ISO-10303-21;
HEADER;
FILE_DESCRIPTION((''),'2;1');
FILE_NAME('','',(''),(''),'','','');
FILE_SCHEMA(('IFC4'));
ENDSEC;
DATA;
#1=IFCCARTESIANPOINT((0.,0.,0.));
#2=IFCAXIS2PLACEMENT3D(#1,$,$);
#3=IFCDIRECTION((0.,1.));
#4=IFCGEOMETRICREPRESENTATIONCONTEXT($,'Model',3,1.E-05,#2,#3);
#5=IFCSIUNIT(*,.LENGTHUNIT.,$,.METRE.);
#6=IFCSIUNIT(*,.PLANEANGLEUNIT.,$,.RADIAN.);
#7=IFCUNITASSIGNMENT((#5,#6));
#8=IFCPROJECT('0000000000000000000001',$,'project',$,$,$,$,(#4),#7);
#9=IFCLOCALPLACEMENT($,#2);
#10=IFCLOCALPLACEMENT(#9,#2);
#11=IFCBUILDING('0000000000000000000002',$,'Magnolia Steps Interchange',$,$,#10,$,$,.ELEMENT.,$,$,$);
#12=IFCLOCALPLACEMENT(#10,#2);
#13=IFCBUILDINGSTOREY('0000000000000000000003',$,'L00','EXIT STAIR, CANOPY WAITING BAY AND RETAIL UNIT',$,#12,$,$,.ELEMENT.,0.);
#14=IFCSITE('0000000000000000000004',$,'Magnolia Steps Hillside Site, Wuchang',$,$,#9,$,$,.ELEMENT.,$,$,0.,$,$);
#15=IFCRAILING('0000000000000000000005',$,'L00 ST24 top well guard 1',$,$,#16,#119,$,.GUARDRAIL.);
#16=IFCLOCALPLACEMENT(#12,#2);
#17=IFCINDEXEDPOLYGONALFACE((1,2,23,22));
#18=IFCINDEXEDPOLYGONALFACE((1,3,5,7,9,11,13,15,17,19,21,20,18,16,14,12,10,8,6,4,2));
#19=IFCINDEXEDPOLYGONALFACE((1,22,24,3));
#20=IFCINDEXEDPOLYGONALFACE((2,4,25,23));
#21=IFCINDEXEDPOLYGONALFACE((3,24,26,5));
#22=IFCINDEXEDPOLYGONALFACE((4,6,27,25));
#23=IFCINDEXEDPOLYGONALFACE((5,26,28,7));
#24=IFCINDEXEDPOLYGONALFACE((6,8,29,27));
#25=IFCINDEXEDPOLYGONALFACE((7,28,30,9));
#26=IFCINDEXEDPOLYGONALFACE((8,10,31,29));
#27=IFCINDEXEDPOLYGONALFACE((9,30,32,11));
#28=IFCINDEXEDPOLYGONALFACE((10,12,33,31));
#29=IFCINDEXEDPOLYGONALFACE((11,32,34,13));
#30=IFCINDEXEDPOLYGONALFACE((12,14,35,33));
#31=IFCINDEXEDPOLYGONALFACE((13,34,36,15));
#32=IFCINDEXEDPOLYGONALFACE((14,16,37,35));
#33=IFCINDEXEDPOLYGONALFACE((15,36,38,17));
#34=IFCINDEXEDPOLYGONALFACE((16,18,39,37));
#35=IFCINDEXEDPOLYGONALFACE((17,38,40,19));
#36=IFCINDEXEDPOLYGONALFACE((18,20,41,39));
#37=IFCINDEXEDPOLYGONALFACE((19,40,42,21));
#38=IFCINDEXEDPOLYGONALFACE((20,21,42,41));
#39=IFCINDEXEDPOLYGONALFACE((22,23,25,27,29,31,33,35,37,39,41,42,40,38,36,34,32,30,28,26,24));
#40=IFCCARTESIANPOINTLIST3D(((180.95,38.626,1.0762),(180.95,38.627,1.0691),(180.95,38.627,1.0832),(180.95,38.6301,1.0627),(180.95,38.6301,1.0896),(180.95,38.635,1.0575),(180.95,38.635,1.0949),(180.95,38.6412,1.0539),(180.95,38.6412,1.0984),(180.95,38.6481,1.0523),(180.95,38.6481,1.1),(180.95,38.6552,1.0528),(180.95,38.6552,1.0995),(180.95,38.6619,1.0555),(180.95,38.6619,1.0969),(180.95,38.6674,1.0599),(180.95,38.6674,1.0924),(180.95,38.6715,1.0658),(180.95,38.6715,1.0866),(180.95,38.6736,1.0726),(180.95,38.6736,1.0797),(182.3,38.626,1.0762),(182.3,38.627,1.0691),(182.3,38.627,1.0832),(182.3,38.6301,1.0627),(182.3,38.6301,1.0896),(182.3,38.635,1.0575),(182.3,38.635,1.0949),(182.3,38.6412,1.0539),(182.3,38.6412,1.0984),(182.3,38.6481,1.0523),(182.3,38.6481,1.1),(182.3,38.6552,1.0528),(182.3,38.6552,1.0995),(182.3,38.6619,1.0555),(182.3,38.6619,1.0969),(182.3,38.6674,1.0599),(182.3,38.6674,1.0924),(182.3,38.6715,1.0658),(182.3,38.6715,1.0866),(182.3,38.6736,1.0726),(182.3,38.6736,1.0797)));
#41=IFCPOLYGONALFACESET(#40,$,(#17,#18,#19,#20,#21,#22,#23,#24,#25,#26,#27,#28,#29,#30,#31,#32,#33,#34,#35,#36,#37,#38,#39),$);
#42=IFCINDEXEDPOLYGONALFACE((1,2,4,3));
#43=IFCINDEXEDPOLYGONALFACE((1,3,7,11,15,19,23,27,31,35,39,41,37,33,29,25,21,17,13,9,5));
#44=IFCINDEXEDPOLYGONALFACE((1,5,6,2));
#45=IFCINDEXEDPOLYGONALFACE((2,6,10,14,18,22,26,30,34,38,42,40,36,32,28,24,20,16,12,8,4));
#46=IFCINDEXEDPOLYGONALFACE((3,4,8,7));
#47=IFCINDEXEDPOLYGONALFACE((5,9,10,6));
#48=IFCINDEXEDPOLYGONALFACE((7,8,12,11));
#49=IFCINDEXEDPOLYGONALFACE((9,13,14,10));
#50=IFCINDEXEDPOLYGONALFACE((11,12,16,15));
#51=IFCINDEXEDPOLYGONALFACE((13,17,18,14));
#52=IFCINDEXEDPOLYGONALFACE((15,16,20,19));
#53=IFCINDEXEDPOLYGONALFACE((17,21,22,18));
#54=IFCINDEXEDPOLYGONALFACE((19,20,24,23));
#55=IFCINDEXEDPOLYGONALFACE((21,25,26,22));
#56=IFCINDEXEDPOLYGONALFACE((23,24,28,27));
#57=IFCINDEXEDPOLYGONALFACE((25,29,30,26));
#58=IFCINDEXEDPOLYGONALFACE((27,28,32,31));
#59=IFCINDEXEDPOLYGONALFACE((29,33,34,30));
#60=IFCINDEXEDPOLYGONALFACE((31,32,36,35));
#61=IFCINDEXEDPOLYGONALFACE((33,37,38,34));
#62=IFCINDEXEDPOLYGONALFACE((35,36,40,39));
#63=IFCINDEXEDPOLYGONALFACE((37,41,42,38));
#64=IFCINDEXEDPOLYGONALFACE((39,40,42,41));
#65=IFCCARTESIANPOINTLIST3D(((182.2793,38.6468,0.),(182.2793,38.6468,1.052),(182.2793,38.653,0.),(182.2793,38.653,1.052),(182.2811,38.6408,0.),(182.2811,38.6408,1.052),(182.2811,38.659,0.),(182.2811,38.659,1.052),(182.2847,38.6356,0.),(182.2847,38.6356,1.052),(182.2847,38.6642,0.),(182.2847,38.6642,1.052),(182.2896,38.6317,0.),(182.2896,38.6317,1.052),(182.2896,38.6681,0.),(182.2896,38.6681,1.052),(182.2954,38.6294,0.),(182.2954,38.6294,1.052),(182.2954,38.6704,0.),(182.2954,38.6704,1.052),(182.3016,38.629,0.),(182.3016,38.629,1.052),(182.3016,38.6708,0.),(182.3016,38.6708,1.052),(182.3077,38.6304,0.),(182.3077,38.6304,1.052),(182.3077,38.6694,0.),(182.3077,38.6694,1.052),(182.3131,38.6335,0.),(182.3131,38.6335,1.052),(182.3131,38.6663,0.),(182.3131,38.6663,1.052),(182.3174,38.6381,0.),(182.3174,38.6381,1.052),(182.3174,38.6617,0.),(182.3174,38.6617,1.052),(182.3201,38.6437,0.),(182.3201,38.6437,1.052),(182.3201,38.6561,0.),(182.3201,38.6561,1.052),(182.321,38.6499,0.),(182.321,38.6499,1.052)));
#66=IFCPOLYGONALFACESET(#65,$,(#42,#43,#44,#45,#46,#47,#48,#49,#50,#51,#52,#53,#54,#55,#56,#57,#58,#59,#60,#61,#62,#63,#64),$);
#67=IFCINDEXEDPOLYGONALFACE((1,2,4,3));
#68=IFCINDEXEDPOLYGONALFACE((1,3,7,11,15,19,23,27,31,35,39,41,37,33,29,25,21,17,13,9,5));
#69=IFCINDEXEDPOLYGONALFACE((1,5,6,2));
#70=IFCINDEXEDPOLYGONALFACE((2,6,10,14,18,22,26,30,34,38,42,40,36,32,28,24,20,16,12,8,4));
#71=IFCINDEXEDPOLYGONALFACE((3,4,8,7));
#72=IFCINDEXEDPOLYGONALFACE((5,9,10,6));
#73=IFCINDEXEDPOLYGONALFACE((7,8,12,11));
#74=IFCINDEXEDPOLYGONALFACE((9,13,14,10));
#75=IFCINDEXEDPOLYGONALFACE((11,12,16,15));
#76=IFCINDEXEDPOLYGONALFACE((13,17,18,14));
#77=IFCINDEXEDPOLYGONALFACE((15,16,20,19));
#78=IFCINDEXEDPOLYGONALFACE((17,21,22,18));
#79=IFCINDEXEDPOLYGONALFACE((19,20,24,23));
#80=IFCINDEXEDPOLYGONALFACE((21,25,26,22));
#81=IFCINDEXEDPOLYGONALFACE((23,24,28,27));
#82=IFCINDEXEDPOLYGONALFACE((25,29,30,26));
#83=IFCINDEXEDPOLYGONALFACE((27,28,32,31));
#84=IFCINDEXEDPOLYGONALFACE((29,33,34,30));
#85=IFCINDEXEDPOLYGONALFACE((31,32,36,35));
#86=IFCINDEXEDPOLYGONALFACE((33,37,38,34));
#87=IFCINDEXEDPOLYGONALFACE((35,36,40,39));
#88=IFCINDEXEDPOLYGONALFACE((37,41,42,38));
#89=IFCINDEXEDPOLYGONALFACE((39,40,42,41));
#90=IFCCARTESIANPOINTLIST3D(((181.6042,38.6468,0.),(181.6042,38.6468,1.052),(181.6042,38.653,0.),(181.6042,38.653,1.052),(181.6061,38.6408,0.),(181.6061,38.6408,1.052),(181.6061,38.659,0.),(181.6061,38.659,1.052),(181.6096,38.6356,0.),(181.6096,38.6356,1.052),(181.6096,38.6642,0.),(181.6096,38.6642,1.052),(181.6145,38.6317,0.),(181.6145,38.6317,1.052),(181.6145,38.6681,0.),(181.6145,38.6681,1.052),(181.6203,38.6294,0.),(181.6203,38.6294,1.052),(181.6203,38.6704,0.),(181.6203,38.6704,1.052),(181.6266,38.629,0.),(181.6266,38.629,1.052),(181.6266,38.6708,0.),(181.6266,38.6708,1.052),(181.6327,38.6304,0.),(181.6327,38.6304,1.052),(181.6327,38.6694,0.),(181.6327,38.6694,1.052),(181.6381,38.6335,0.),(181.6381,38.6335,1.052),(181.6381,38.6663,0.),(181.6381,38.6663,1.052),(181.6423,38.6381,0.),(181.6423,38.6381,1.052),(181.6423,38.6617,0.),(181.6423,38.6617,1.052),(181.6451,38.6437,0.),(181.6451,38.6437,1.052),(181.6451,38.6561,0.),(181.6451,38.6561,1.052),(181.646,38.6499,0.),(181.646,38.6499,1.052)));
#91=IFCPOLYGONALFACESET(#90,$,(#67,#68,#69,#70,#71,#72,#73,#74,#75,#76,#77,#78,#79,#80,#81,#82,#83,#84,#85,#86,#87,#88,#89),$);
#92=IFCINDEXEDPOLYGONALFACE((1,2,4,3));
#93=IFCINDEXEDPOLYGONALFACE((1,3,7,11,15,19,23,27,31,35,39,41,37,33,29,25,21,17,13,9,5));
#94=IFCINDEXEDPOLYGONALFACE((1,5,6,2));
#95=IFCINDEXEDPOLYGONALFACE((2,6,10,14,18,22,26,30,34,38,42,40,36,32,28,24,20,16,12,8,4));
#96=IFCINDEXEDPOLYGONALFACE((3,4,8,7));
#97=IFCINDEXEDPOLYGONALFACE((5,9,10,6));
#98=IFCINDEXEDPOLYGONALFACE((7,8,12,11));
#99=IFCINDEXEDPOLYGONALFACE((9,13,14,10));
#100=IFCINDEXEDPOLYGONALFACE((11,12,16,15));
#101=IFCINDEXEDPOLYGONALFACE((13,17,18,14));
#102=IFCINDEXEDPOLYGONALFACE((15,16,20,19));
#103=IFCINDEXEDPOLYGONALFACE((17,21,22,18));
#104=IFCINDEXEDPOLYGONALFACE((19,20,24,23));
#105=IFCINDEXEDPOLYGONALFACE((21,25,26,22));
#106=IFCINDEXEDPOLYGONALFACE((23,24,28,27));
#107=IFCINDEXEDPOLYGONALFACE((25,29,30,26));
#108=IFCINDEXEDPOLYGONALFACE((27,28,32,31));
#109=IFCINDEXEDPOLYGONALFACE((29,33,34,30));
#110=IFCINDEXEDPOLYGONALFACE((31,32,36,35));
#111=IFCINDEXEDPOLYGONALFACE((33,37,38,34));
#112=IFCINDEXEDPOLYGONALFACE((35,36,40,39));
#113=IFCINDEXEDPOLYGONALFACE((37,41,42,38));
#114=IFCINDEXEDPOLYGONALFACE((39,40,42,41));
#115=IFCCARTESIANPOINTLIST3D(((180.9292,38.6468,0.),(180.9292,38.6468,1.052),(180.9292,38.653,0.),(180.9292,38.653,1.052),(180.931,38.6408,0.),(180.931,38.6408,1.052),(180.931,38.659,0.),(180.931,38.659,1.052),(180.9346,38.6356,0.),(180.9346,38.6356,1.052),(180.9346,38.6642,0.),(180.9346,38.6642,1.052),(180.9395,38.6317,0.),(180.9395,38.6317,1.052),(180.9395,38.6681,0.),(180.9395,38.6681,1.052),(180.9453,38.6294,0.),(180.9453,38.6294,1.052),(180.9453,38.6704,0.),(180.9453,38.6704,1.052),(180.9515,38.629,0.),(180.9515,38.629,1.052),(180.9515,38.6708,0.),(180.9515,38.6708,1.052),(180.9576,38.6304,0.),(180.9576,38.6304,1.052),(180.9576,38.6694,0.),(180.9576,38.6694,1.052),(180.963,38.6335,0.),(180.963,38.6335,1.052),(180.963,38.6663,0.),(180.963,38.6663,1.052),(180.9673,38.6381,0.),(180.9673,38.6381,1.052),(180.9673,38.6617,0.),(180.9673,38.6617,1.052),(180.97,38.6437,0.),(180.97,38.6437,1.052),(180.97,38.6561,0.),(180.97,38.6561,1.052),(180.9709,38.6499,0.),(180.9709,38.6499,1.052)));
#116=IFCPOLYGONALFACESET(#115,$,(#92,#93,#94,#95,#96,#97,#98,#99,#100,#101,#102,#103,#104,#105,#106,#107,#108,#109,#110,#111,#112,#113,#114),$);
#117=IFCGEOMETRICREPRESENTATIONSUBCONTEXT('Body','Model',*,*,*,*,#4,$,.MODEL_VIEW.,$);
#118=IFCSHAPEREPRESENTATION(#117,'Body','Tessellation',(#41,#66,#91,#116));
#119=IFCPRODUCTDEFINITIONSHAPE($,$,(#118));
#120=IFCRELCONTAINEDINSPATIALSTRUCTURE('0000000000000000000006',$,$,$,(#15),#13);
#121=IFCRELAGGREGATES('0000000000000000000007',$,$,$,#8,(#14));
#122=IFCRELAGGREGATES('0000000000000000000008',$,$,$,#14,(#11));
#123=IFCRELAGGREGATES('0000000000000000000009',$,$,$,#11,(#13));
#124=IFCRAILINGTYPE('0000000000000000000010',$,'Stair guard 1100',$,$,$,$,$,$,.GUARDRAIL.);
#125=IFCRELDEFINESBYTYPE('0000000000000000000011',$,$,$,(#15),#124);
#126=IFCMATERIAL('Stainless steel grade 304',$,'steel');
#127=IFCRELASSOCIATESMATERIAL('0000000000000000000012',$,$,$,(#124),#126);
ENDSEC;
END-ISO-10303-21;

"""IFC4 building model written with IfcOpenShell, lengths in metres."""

from ifc_helpers import new_model, si_unit, direction, frame, origin, origin_2d, place, context, subcontext, project, spatial, circle, extrude, material, type_object, element, save


model = new_model("IFC4")

# Units and contexts
model_context = context("Model", 3, precision=1e-05, world=origin(), true_north=direction((0.0, 1.0)))
body_context = subcontext(model_context, "Body", "Model", "MODEL_VIEW")
ifc_project = project(units=[si_unit("LENGTHUNIT", "METRE"), si_unit("PLANEANGLEUNIT", "RADIAN")], contexts=[model_context])

# Site, building, storey
site_placement = place(None, origin())
site = spatial("IfcSite", under=ifc_project, at=site_placement, Name="Magnolia Steps Hillside Site, Wuchang", CompositionType="ELEMENT", RefElevation=0.0)
building_placement = place(site_placement, origin())
building = spatial("IfcBuilding", under=site, at=building_placement, Name="Magnolia Steps Interchange", CompositionType="ELEMENT")
storey_placement = place(building_placement, origin())
storey = spatial("IfcBuildingStorey", under=building, at=storey_placement, Name="L00", Description="EXIT STAIR, CANOPY WAITING BAY AND RETAIL UNIT", CompositionType="ELEMENT", Elevation=0.0)

# Railing
ifc_material_1 = material(Name="Stainless steel grade 304", Category="steel")
railing_type = type_object("IfcRailingType", Name="Stair guard 1100", PredefinedType="GUARDRAIL", material=ifc_material_1)
for number, where, name in (
    (1, (182.3, 38.6499, 0.0), "L00 ST24 top well guard 1"),
):
    element("IfcRailing", number, at=place(storey_placement, frame(where)), inside=storey, type_object=railing_type, Name=name, PredefinedType="GUARDRAIL", context=body_context, shape_type="SweptSolid", body=[
        extrude(circle(Radius=0.0239, at=origin_2d()), frame((0.0, 0.0, 1.0762), z_axis=(-1.0, 0.0, 0.0), x_axis=(0.0, -1.0, 0.0)), (0.0, 0.0, 1.0), 1.3501),
        extrude(circle(Radius=0.021, at=origin_2d()), origin(), (0.0, 0.0, 1.0), 1.052),
        extrude(circle(Radius=0.021, at=origin_2d()), frame((-0.675, 0.0, 0.0)), (0.0, 0.0, 1.0), 1.052),
        extrude(circle(Radius=0.021, at=origin_2d()), frame((-1.3501, 0.0, 0.0)), (0.0, 0.0, 1.0), 1.052),
    ])

save(model, "model.ifc")
